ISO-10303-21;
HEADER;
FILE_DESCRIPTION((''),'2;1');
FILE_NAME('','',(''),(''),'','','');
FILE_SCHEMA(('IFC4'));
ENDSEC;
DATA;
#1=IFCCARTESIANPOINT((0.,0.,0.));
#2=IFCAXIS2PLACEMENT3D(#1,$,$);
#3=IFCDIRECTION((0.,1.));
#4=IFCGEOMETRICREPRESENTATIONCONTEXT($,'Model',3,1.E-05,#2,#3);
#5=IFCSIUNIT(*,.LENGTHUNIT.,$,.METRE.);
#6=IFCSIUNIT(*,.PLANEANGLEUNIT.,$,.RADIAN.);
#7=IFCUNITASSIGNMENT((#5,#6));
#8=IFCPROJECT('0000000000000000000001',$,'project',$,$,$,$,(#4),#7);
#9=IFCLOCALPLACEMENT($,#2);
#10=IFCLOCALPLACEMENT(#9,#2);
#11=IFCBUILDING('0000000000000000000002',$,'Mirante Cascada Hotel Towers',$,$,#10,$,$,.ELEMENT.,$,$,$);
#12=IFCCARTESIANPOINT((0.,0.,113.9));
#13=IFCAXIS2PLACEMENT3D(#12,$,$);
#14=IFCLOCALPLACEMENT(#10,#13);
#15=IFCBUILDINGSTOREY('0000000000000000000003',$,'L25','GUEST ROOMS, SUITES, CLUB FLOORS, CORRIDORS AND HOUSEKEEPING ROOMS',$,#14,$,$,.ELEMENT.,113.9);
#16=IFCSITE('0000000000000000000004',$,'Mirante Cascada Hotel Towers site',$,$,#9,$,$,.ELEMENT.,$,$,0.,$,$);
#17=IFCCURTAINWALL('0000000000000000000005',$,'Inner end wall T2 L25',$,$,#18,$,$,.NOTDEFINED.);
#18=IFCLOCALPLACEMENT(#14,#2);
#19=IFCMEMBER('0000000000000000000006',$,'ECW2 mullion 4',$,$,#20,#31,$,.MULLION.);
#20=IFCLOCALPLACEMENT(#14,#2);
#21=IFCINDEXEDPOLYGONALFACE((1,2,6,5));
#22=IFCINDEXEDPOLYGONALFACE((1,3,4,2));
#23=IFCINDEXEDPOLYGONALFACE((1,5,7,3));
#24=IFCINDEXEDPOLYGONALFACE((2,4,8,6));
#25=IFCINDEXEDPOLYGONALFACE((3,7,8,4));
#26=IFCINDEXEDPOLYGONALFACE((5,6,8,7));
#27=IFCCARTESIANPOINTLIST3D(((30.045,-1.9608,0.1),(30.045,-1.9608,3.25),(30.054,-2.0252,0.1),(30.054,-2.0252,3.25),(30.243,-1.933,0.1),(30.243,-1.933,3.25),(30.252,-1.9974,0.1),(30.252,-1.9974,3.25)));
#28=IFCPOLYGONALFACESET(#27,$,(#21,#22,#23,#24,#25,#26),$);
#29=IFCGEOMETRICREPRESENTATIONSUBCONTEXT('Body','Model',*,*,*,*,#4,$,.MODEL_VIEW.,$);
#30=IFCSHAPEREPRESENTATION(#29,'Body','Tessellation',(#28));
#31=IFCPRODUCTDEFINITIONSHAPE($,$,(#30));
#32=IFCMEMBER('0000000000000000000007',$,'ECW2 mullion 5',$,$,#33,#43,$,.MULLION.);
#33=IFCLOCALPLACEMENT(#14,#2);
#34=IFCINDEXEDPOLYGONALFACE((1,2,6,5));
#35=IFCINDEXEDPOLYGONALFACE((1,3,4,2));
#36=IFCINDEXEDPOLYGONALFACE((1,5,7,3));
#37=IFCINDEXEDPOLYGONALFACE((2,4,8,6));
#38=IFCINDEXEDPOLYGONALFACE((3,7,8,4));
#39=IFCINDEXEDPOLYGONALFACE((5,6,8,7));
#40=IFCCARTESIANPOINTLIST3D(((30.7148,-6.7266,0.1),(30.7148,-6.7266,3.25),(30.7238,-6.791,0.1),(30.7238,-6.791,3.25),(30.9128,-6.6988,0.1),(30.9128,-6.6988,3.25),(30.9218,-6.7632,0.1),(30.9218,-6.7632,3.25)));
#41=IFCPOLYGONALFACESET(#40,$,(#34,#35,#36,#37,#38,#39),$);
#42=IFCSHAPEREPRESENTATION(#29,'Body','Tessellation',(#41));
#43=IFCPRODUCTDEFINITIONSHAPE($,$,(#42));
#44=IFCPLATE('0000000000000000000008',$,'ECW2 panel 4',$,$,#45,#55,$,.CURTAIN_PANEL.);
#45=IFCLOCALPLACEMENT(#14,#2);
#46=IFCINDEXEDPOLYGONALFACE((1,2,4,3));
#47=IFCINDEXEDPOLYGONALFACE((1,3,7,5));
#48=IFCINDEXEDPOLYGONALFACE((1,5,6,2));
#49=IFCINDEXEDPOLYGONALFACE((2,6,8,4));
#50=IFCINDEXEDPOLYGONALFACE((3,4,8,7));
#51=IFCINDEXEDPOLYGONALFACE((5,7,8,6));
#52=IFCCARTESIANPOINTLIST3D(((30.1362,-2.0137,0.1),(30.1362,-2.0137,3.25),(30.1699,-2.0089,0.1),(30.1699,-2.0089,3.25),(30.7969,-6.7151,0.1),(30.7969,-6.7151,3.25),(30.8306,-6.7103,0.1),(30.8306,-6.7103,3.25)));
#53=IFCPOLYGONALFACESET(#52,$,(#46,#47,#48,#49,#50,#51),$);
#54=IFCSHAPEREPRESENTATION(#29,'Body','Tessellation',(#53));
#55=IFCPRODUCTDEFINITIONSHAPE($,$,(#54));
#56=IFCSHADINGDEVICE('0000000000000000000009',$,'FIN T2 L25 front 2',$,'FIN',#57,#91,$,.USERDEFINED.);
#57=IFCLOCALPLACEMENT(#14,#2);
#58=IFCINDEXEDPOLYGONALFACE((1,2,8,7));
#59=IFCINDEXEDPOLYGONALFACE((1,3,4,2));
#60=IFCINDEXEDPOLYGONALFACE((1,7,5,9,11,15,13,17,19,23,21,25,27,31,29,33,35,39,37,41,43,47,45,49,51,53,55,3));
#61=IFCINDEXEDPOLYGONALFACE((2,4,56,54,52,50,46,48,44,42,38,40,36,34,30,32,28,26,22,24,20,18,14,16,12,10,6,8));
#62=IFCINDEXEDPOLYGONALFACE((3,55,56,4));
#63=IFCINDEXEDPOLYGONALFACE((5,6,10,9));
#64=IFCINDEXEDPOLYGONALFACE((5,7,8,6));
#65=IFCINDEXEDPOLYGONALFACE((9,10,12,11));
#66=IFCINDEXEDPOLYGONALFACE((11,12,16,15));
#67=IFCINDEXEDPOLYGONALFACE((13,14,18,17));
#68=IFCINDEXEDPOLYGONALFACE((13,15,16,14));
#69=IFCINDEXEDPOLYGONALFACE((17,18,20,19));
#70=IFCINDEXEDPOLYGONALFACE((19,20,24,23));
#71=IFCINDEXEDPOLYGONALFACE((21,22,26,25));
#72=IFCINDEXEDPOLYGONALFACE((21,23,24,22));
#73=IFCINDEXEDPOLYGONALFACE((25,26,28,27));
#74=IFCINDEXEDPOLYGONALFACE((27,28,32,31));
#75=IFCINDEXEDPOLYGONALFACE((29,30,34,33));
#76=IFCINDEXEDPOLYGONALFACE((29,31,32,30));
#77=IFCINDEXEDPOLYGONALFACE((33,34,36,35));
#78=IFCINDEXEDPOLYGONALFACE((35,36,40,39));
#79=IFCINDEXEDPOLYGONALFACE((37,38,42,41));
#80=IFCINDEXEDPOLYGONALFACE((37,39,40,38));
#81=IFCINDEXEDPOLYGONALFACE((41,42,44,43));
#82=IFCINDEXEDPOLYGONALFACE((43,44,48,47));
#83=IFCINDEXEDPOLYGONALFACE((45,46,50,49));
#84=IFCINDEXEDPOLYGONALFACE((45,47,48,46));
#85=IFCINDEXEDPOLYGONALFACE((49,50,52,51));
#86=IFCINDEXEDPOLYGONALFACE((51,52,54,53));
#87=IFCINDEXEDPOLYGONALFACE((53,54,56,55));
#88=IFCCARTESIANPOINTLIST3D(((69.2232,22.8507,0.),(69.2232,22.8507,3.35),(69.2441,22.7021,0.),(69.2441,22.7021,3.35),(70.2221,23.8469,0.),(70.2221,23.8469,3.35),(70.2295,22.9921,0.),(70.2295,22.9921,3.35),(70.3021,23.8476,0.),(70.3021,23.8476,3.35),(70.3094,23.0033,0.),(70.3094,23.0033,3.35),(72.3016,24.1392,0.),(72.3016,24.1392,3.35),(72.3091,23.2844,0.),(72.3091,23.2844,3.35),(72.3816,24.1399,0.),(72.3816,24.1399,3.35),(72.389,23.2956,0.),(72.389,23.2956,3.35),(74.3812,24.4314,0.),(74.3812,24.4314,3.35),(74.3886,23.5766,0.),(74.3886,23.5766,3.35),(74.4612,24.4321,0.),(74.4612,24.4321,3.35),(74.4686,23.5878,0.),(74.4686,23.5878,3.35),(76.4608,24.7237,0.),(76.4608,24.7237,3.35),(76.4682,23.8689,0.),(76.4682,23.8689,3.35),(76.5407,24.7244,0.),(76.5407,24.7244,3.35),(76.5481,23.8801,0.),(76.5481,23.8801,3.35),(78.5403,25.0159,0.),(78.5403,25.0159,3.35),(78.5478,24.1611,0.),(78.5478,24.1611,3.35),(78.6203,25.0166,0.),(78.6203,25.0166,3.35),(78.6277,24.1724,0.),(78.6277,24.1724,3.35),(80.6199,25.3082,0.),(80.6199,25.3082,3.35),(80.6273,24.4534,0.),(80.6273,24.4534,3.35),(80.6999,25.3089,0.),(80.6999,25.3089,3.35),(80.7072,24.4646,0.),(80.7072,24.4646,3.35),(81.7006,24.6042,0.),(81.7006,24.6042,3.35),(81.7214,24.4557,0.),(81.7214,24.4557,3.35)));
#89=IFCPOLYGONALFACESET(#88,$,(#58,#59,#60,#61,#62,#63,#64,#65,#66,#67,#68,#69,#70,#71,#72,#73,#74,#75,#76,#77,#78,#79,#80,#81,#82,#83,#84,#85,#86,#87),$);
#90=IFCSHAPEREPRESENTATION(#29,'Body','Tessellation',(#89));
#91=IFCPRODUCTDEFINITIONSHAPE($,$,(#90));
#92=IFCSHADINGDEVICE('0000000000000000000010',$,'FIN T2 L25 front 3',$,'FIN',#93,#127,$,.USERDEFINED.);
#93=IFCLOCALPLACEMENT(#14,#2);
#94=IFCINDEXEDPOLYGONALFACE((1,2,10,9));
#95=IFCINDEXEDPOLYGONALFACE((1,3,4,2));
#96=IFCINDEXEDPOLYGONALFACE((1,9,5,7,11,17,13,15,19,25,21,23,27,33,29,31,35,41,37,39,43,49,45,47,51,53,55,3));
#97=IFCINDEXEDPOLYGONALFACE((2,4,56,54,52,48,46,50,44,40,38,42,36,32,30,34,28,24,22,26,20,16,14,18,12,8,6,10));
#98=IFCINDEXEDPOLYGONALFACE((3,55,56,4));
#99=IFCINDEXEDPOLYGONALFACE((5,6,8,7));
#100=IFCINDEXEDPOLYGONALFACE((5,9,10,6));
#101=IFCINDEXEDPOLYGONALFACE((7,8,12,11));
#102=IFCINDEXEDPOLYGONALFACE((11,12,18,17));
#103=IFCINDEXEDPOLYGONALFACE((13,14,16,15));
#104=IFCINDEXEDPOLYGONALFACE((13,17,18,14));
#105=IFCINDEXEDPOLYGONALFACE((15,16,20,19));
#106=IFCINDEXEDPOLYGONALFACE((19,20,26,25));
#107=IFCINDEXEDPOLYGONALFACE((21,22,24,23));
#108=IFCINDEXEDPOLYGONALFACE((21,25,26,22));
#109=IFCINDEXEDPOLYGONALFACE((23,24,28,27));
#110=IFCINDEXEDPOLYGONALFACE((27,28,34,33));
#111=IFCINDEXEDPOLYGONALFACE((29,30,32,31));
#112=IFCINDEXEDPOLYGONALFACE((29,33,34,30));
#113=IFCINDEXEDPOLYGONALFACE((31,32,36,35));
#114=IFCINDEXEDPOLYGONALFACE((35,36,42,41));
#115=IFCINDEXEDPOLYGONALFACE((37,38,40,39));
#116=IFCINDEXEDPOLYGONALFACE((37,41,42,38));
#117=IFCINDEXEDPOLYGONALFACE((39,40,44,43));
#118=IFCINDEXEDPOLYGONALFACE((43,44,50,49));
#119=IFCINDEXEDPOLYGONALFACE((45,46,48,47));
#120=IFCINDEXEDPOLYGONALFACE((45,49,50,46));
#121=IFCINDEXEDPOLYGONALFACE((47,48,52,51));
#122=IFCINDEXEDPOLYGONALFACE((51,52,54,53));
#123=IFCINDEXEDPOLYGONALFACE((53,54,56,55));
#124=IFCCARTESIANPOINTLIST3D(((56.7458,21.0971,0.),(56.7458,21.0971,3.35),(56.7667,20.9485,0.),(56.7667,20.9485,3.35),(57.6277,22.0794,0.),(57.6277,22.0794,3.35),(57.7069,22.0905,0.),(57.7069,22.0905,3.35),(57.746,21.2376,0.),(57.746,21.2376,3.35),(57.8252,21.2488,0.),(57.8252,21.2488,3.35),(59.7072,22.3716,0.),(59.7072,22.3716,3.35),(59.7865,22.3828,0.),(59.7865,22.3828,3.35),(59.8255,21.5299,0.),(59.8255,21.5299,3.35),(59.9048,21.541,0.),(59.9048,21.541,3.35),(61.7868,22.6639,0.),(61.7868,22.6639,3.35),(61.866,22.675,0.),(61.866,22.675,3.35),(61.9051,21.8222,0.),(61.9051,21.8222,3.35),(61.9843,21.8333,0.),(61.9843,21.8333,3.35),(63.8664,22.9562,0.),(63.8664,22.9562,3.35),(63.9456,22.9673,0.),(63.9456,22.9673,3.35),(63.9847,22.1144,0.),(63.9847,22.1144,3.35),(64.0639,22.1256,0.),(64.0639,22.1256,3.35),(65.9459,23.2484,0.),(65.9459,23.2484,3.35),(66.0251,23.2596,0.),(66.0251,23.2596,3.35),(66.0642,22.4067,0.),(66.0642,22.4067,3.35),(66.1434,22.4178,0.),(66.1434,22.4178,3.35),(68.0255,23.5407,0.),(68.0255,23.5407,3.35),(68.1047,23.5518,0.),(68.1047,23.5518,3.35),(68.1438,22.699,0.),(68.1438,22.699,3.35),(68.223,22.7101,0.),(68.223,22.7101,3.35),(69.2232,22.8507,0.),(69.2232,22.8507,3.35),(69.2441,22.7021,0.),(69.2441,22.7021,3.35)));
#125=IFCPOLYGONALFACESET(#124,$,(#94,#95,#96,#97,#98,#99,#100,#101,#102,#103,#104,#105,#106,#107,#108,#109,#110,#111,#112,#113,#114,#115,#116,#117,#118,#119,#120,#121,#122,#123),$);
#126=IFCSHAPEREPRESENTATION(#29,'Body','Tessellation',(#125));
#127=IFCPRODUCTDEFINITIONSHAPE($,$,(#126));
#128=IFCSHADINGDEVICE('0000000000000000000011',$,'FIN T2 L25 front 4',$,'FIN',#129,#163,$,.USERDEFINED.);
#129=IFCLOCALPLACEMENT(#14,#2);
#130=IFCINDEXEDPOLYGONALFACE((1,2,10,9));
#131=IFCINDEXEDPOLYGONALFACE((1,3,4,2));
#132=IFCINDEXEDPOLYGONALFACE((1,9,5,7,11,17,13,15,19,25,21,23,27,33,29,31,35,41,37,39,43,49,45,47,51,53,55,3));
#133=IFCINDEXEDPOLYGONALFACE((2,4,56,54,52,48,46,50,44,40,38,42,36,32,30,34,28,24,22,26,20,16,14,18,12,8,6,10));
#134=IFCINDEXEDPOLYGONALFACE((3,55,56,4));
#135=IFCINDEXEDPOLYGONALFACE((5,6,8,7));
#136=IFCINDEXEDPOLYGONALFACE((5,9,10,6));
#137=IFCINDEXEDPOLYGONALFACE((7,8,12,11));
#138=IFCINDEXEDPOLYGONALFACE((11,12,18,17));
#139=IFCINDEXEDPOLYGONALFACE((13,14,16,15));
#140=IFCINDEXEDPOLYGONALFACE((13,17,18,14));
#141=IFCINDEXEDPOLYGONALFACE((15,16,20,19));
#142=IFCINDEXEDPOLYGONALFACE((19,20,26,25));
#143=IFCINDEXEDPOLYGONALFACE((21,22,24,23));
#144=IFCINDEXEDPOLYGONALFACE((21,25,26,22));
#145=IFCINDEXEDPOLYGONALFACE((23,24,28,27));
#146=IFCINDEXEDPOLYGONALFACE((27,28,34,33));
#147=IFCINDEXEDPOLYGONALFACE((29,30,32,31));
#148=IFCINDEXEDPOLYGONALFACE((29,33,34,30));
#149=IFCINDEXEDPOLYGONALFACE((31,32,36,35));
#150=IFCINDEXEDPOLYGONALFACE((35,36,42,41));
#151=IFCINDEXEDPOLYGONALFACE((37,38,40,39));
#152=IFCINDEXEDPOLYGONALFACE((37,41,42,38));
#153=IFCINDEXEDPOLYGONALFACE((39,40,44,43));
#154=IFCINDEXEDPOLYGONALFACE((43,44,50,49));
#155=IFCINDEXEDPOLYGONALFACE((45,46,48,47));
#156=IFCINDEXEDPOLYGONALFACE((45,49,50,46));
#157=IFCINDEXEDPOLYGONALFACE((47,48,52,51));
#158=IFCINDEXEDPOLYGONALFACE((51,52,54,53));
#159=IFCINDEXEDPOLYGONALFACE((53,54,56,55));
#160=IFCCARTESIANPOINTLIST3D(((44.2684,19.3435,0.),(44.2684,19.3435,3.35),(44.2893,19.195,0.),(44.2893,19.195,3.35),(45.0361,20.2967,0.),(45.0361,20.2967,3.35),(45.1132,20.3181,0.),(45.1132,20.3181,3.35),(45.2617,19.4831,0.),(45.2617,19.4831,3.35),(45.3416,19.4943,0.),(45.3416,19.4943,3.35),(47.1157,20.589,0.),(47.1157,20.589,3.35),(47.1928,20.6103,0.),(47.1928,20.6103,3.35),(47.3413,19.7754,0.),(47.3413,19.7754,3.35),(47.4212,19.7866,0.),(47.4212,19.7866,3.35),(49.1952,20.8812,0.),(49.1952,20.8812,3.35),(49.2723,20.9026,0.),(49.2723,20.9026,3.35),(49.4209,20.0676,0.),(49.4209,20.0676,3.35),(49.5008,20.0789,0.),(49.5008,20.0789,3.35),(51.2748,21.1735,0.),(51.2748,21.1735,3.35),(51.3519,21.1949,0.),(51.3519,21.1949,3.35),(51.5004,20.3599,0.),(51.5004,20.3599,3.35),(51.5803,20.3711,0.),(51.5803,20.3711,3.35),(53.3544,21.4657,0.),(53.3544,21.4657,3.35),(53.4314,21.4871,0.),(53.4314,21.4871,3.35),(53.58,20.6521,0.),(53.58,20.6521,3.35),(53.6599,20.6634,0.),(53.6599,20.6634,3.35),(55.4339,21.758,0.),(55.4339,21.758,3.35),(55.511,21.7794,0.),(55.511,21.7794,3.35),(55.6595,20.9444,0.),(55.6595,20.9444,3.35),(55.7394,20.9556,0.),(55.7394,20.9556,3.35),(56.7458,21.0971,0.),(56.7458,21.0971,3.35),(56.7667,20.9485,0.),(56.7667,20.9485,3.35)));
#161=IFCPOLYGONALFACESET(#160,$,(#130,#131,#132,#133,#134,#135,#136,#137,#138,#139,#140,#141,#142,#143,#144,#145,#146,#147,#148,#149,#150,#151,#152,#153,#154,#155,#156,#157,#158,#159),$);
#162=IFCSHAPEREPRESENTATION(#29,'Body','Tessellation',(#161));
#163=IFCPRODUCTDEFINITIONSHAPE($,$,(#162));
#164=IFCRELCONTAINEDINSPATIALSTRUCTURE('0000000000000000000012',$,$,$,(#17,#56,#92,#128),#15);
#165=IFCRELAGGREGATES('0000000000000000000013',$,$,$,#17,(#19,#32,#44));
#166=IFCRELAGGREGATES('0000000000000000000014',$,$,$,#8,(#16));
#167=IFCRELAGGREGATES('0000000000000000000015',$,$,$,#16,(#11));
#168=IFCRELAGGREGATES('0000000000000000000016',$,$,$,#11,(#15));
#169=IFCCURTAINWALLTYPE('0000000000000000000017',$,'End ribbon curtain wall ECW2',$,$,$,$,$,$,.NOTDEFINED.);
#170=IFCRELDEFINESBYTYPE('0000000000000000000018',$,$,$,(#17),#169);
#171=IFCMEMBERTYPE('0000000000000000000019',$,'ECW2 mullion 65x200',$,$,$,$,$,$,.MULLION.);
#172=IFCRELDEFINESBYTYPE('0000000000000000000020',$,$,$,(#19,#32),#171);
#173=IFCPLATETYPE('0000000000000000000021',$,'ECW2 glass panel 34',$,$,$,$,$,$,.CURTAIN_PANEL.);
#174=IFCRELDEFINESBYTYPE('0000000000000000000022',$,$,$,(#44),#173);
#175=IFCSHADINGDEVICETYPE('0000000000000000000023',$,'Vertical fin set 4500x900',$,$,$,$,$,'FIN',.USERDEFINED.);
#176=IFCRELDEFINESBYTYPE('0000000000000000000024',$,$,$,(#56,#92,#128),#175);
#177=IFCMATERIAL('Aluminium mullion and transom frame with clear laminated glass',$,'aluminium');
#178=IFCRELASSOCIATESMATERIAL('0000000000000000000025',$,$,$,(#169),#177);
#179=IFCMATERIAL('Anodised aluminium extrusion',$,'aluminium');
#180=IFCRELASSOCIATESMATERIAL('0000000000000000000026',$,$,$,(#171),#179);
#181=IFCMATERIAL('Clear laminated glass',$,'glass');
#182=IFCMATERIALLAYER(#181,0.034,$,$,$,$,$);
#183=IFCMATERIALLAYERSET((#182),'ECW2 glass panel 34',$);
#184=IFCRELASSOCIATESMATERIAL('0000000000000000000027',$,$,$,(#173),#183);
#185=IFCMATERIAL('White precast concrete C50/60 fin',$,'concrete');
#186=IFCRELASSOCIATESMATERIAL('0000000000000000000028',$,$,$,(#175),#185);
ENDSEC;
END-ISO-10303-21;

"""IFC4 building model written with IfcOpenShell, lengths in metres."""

from ifc_helpers import new_model, si_unit, direction, frame, origin, origin_2d, place, context, subcontext, project, spatial, polyline, rectangle, outline, extrude, material, layer, layer_set, material_profile, profile_set, type_object, element, aggregate, save


model = new_model("IFC4")

# Units and contexts
model_context = context("Model", 3, precision=1e-05, world=origin(), true_north=direction((0.0, 1.0)))
body_context = subcontext(model_context, "Body", "Model", "MODEL_VIEW")
ifc_project = project(units=[si_unit("LENGTHUNIT", "METRE"), si_unit("PLANEANGLEUNIT", "RADIAN")], contexts=[model_context])

# Site, building, storey
site_placement = place(None, origin())
site = spatial("IfcSite", under=ifc_project, at=site_placement, Name="Mirante Cascada Hotel Towers site", CompositionType="ELEMENT", RefElevation=0.0)
building_placement = place(site_placement, origin())
building = spatial("IfcBuilding", under=site, at=building_placement, Name="Mirante Cascada Hotel Towers", CompositionType="ELEMENT")
storey_placement = place(building_placement, frame((0.0, 0.0, 113.9)))
storey = spatial("IfcBuildingStorey", under=building, at=storey_placement, Name="L25", Description="GUEST ROOMS, SUITES, CLUB FLOORS, CORRIDORS AND HOUSEKEEPING ROOMS", CompositionType="ELEMENT", Elevation=113.9)

# Curtain wall, members, plate
ifc_material_1 = material(Name="Aluminium mullion and transom frame with clear laminated glass", Category="aluminium")
curtain_wall_type = type_object("IfcCurtainWallType", Name="End ribbon curtain wall ECW2", PredefinedType="NOTDEFINED", material=ifc_material_1)
curtain_wall_placement = place(storey_placement, origin())
curtain_wall = element("IfcCurtainWall", 1, at=curtain_wall_placement, inside=storey, type_object=curtain_wall_type, Name="Inner end wall T2 L25", PredefinedType="NOTDEFINED")
ifc_material_2 = material(Name="Anodised aluminium extrusion", Category="aluminium")
ifc_material_profile = material_profile(ifc_material_2, rectangle(XDim=0.2, YDim=0.065, at=origin_2d()), Name="ECW2 MULLION 65x200")
ifc_profile_set = profile_set([ifc_material_profile], Name="Anodised aluminium extrusion")
member_type = type_object("IfcMemberType", Name="ECW2 mullion 65x200", PredefinedType="MULLION", material=ifc_profile_set)
member_1_placement = place(storey_placement, frame((30.1485, -1.9791, 0.1), z_axis=(0.0, 0.0, 1.0), x_axis=(0.990268, 0.139173, 0.0)))
member_1 = element("IfcMember", 2, at=member_1_placement, type_object=member_type, Name="ECW2 mullion 4", PredefinedType="MULLION", context=body_context, shape_type="SweptSolid", body=[
    extrude(rectangle(XDim=0.2, YDim=0.065, at=origin_2d()), origin(), (0.0, 0.0, 1.0), 3.15),
])
member_2_placement = place(storey_placement, frame((30.8183, -6.7449, 0.1), z_axis=(0.0, 0.0, 1.0), x_axis=(0.990268, 0.139173, 0.0)))
member_2 = element("IfcMember", 3, at=member_2_placement, type_object=member_type, Name="ECW2 mullion 5", PredefinedType="MULLION", context=body_context, shape_type="SweptSolid", body=[
    extrude(rectangle(XDim=0.2, YDim=0.065, at=origin_2d()), origin(), (0.0, 0.0, 1.0), 3.15),
])
ifc_material_3 = material(Name="Clear laminated glass", Category="glass")
ifc_layer = layer(ifc_material_3, 0.034)
ifc_layer_set = layer_set([ifc_layer], Name="ECW2 glass panel 34")
plate_type = type_object("IfcPlateType", Name="ECW2 glass panel 34", PredefinedType="CURTAIN_PANEL", material=ifc_layer_set)
plate_placement = place(storey_placement, frame((30.4834, -4.362, 0.1), z_axis=(0.0, 0.0, 1.0), x_axis=(0.139173, -0.990268, 0.0)))
plate = element("IfcPlate", 4, at=plate_placement, type_object=plate_type, Name="ECW2 panel 4", PredefinedType="CURTAIN_PANEL", context=body_context, shape_type="SweptSolid", body=[
    extrude(rectangle(XDim=4.7476, YDim=0.034, at=origin_2d()), origin(), (0.0, 0.0, 1.0), 3.15),
])
aggregate(curtain_wall, [member_1, member_2, plate])

# Shading devices
ifc_material_4 = material(Name="White precast concrete C50/60 fin", Category="concrete")
shading_device_type = type_object("IfcShadingDeviceType", Name="Vertical fin set 4500x900", ElementType="FIN", PredefinedType="USERDEFINED", material=ifc_material_4)
shading_device_1_placement = place(storey_placement, origin())
element("IfcShadingDevice", 5, at=shading_device_1_placement, inside=storey, type_object=shading_device_type, Name="FIN T2 L25 front 2", ObjectType="FIN", PredefinedType="USERDEFINED", context=body_context, shape_type="SweptSolid", body=[
    extrude(outline(polyline([(70.3021, 23.8476), (70.3094, 23.0033), (72.3091, 23.2844), (72.3016, 24.1392), (72.3816, 24.1399), (72.389, 23.2956), (74.3886, 23.5766), (74.3812, 24.4314), (74.4612, 24.4321), (74.4686, 23.5878), (76.4682, 23.8689), (76.4608, 24.7237), (76.5407, 24.7244), (76.5481, 23.8801), (78.5478, 24.1611), (78.5403, 25.0159), (78.6203, 25.0166), (78.6277, 24.1724), (80.6273, 24.4534), (80.6199, 25.3082), (80.6999, 25.3089), (80.7072, 24.4646), (81.7006, 24.6042), (81.7214, 24.4557), (69.2441, 22.7021), (69.2232, 22.8507), (70.2295, 22.9921), (70.2221, 23.8469), (70.3021, 23.8476)])), origin(), (0.0, 0.0, 1.0), 3.35),
])
shading_device_2_placement = place(storey_placement, origin())
element("IfcShadingDevice", 6, at=shading_device_2_placement, inside=storey, type_object=shading_device_type, Name="FIN T2 L25 front 3", ObjectType="FIN", PredefinedType="USERDEFINED", context=body_context, shape_type="SweptSolid", body=[
    extrude(outline(polyline([(57.7069, 22.0905), (57.8252, 21.2488), (59.8255, 21.5299), (59.7072, 22.3716), (59.7865, 22.3828), (59.9048, 21.541), (61.9051, 21.8222), (61.7868, 22.6639), (61.866, 22.675), (61.9843, 21.8333), (63.9847, 22.1144), (63.8664, 22.9562), (63.9456, 22.9673), (64.0639, 22.1256), (66.0642, 22.4067), (65.9459, 23.2484), (66.0251, 23.2596), (66.1434, 22.4178), (68.1438, 22.699), (68.0255, 23.5407), (68.1047, 23.5518), (68.223, 22.7101), (69.2232, 22.8507), (69.2441, 22.7021), (56.7667, 20.9485), (56.7458, 21.0971), (57.746, 21.2376), (57.6277, 22.0794), (57.7069, 22.0905)])), origin(), (0.0, 0.0, 1.0), 3.35),
])
shading_device_3_placement = place(storey_placement, origin())
element("IfcShadingDevice", 7, at=shading_device_3_placement, inside=storey, type_object=shading_device_type, Name="FIN T2 L25 front 4", ObjectType="FIN", PredefinedType="USERDEFINED", context=body_context, shape_type="SweptSolid", body=[
    extrude(outline(polyline([(45.1132, 20.3181), (45.3416, 19.4943), (47.3413, 19.7754), (47.1157, 20.589), (47.1928, 20.6103), (47.4212, 19.7866), (49.4209, 20.0676), (49.1952, 20.8812), (49.2723, 20.9026), (49.5008, 20.0789), (51.5004, 20.3599), (51.2748, 21.1735), (51.3519, 21.1949), (51.5803, 20.3711), (53.58, 20.6521), (53.3544, 21.4657), (53.4314, 21.4871), (53.6599, 20.6634), (55.6595, 20.9444), (55.4339, 21.758), (55.511, 21.7794), (55.7394, 20.9556), (56.7458, 21.0971), (56.7667, 20.9485), (44.2893, 19.195), (44.2684, 19.3435), (45.2617, 19.4831), (45.0361, 20.2967), (45.1132, 20.3181)])), origin(), (0.0, 0.0, 1.0), 3.35),
])

save(model, "model.ifc")
